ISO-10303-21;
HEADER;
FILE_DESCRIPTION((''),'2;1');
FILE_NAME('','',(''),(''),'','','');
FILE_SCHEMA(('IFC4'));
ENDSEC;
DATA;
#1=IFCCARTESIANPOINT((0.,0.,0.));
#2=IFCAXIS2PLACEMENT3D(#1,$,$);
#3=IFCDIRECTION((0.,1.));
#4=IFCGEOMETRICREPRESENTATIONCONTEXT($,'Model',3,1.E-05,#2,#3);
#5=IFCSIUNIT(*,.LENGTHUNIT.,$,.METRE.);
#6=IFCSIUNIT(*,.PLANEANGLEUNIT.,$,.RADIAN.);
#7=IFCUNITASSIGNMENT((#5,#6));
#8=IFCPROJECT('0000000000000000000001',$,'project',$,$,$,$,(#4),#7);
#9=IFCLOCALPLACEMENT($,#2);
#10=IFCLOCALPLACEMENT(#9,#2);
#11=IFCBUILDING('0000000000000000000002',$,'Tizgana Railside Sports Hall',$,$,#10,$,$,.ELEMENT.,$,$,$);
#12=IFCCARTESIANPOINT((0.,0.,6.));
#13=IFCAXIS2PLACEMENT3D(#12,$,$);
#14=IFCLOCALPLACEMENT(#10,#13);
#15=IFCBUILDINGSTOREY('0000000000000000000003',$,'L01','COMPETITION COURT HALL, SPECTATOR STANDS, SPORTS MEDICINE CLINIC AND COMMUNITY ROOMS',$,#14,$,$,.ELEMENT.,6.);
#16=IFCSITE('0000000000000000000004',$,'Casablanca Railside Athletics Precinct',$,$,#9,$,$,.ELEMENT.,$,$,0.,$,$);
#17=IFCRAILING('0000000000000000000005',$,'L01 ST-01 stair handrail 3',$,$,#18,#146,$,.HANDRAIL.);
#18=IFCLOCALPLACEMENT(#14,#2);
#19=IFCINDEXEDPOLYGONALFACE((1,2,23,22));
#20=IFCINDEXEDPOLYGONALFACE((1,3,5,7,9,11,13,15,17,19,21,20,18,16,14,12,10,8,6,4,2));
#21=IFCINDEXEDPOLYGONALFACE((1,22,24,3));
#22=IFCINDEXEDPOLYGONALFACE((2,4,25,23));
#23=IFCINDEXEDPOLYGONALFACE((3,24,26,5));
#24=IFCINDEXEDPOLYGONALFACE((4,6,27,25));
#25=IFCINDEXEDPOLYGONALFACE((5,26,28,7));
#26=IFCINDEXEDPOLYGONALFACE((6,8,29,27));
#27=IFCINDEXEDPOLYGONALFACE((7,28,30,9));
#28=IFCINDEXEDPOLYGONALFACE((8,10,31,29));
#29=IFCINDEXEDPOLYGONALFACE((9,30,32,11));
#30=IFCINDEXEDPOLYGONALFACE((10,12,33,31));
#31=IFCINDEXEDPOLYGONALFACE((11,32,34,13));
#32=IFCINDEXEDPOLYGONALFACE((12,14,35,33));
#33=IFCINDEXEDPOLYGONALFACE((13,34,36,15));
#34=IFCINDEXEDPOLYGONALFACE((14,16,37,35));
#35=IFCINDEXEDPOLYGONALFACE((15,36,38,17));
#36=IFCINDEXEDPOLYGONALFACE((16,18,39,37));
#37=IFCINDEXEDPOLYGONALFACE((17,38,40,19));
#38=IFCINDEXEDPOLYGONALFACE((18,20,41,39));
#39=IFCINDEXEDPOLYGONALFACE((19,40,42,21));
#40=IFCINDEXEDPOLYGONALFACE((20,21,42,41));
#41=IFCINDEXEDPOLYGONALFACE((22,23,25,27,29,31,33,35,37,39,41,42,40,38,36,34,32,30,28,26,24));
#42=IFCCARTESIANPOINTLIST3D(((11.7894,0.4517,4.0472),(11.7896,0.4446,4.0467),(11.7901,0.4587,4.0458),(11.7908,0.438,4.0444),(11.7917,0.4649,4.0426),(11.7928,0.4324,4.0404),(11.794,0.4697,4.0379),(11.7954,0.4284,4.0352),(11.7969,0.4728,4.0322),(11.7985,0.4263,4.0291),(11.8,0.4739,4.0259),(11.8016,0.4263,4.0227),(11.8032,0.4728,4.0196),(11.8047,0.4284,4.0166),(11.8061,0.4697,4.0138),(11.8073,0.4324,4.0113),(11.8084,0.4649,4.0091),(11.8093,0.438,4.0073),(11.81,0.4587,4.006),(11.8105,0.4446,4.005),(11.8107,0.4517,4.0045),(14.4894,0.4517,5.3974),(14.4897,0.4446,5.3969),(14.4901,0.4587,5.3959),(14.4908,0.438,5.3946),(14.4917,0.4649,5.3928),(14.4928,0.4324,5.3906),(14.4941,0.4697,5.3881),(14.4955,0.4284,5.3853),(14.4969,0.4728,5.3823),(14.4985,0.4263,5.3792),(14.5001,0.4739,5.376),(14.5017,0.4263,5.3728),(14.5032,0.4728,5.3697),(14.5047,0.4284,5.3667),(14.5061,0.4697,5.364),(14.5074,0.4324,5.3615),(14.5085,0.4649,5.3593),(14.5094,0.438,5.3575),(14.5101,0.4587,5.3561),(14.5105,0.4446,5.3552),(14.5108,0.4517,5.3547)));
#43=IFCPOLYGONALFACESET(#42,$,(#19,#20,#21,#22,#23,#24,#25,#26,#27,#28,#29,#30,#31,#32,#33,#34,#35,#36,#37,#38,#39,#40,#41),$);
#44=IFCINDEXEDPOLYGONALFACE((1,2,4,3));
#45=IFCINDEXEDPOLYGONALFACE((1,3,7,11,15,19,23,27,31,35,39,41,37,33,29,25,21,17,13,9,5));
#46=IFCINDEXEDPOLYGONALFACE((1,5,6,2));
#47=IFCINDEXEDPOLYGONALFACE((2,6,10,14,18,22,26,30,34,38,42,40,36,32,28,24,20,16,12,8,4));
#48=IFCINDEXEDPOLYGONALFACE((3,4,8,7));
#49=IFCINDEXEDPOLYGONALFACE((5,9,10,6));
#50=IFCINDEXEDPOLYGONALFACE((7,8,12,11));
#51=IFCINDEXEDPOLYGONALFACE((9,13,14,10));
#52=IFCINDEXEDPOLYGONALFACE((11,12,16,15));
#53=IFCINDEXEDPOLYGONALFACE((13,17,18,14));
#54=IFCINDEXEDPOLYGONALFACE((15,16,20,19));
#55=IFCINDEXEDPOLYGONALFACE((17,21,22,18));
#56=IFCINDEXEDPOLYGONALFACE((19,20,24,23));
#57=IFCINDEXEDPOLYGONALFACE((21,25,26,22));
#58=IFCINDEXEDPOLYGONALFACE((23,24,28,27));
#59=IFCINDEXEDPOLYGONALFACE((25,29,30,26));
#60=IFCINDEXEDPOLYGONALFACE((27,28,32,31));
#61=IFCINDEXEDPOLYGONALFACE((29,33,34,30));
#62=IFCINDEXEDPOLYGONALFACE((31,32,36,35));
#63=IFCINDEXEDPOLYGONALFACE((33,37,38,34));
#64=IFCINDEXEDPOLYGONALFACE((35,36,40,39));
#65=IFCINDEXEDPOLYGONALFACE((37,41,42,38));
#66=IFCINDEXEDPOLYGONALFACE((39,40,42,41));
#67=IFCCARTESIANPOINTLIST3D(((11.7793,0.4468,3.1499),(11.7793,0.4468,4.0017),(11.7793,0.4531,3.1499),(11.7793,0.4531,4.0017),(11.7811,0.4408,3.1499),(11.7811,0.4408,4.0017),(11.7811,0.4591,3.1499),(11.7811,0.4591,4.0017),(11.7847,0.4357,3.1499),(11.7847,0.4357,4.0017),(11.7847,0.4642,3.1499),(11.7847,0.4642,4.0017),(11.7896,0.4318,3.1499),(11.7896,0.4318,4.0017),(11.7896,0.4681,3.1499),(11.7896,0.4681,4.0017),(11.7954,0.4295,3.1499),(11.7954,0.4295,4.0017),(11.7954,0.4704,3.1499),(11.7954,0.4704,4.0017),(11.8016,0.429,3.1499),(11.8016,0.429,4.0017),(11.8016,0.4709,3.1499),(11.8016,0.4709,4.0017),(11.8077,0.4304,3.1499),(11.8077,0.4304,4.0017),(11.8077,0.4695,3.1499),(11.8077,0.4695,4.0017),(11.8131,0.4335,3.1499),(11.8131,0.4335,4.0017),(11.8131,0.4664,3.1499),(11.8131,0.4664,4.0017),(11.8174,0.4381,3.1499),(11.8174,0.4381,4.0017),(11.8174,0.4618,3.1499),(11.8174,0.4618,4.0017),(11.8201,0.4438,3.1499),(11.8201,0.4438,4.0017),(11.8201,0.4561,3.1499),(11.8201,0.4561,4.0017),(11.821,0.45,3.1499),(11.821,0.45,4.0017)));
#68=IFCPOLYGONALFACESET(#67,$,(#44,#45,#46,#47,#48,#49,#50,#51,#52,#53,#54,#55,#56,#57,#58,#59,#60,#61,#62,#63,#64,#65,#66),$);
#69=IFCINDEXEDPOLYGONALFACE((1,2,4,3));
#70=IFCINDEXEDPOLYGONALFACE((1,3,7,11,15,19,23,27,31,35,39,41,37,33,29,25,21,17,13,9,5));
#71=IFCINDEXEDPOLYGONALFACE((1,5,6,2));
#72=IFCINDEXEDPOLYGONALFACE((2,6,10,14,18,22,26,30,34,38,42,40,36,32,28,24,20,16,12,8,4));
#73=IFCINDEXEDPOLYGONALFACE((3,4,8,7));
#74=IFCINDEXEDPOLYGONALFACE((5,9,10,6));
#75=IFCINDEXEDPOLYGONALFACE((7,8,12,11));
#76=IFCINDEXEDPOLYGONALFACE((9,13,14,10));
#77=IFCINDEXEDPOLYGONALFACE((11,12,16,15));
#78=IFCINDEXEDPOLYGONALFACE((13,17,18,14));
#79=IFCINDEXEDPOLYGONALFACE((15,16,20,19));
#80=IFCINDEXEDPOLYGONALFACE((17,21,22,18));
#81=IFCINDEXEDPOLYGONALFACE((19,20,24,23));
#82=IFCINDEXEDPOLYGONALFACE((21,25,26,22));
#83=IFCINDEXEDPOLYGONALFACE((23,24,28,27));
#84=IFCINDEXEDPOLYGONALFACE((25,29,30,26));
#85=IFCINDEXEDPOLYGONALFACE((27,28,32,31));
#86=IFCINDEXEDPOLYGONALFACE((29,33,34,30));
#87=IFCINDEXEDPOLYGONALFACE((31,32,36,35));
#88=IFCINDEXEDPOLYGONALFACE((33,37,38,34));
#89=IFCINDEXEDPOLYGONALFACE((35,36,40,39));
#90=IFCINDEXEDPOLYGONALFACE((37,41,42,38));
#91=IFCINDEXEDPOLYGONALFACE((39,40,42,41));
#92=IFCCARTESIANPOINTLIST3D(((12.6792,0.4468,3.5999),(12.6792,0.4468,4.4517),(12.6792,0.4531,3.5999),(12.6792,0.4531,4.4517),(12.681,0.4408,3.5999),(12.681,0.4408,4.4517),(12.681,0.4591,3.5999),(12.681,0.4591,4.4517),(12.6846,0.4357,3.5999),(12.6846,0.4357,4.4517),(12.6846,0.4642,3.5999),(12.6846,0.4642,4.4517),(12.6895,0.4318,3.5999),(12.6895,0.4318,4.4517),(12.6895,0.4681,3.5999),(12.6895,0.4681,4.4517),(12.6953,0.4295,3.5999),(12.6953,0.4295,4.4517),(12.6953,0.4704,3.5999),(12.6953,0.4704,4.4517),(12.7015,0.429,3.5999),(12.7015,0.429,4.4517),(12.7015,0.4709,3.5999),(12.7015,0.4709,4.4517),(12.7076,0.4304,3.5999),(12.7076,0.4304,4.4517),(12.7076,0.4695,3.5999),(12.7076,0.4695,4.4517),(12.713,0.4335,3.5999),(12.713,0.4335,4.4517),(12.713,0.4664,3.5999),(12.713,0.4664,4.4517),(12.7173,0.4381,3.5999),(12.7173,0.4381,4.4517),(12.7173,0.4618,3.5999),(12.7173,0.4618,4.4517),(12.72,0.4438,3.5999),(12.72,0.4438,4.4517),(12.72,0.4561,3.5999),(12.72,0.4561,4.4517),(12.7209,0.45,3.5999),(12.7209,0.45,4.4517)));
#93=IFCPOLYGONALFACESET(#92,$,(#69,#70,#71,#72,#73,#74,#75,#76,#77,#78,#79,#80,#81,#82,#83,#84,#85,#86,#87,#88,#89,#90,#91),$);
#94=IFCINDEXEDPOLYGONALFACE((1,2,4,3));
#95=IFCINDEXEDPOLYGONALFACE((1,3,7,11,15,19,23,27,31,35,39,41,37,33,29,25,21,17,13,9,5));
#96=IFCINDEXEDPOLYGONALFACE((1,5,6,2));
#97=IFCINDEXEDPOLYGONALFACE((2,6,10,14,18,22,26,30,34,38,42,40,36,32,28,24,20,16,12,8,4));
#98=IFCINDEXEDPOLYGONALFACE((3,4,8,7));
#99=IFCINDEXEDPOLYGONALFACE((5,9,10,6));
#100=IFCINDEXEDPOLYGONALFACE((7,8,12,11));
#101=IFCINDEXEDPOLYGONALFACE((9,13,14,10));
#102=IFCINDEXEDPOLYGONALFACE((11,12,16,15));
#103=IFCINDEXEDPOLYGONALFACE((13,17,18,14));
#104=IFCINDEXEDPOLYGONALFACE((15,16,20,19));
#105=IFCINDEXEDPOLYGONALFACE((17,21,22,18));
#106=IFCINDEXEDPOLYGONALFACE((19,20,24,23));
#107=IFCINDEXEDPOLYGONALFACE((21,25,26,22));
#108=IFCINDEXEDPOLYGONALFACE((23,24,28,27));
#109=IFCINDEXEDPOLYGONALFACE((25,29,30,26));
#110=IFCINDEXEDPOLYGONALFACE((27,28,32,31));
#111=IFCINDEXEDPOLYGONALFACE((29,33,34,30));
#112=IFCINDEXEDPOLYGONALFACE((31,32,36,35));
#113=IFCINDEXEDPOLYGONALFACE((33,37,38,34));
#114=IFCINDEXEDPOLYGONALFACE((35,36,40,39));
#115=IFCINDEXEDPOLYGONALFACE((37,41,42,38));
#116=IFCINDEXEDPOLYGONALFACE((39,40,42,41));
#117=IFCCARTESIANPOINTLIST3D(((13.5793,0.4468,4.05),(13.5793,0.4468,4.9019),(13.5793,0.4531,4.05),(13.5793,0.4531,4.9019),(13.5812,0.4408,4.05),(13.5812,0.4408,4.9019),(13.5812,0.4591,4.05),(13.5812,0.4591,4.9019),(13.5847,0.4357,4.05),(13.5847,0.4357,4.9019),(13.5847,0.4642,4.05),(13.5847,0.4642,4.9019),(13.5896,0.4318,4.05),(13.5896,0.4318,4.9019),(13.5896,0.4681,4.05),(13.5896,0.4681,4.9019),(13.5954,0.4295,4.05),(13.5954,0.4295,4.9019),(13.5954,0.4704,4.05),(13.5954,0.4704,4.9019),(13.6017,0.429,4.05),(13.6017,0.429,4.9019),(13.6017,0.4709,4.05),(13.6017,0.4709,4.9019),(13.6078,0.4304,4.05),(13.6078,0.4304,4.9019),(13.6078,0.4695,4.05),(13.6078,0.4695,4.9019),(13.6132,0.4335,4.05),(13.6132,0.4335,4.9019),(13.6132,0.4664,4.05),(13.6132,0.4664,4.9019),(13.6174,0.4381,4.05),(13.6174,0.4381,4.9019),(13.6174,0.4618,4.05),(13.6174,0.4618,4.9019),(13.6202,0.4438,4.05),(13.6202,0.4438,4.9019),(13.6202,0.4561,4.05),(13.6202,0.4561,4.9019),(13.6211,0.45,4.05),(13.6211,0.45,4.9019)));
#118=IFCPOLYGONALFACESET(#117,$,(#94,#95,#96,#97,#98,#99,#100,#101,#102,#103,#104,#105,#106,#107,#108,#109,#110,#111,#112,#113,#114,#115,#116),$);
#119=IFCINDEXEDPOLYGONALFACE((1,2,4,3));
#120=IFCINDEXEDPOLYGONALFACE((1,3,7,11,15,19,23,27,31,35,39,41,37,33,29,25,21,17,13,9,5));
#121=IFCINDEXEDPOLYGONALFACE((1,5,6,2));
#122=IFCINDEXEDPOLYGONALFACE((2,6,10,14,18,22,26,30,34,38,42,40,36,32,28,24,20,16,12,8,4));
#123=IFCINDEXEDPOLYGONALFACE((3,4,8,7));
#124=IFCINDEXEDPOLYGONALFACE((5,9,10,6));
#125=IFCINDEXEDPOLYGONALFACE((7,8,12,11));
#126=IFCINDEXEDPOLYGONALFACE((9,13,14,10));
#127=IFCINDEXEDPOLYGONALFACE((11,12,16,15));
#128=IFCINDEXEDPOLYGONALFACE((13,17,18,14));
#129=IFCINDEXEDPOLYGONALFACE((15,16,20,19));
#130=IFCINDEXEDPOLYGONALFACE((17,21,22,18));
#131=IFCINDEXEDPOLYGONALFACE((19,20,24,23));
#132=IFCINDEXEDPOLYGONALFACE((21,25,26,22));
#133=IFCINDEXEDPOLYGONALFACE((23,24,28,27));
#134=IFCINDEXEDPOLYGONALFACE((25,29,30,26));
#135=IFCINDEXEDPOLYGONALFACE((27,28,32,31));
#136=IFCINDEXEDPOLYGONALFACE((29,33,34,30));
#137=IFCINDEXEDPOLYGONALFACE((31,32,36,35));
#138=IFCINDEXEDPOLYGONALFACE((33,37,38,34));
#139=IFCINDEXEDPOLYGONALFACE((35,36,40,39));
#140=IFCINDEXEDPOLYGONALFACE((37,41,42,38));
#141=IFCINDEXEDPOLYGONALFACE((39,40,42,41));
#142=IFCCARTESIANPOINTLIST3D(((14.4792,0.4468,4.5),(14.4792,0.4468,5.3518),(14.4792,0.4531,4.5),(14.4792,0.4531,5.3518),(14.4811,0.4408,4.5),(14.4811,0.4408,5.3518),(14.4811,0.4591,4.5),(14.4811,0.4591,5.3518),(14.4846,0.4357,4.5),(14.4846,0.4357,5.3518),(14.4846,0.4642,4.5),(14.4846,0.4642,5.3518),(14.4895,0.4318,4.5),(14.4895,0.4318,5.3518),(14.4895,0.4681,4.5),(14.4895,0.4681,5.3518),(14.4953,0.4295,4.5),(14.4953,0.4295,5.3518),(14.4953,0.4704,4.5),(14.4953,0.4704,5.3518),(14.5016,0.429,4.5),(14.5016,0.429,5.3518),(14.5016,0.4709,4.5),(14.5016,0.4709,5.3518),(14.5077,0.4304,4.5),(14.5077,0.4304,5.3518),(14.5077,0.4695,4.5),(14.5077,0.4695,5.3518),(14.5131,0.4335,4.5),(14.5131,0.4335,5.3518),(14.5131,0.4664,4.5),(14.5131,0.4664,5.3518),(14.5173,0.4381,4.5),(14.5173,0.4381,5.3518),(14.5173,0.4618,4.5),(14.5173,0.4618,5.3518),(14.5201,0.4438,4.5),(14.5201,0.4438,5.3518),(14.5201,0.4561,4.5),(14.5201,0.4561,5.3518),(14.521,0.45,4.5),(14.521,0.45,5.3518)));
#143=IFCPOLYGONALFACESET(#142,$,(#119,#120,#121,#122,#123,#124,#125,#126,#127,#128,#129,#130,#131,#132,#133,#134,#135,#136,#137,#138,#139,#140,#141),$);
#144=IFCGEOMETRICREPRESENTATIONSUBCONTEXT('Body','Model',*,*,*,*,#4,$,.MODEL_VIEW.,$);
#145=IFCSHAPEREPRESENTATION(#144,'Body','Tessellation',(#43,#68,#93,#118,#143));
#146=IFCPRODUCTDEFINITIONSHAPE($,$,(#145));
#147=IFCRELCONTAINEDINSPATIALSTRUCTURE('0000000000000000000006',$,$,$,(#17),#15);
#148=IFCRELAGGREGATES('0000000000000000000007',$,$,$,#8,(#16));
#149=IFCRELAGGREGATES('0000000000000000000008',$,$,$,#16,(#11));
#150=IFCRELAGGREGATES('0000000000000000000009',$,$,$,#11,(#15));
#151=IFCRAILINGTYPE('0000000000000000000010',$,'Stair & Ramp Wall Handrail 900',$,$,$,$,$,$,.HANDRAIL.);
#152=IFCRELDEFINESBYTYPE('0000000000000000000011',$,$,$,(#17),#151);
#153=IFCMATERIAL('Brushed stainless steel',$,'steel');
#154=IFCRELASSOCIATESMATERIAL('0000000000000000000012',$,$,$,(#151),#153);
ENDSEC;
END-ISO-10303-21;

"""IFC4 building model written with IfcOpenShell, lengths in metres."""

from ifc_helpers import new_model, si_unit, direction, frame, origin, origin_2d, place, context, subcontext, project, spatial, circle, extrude, material, type_object, element, save


model = new_model("IFC4")

# Units and contexts
model_context = context("Model", 3, precision=1e-05, world=origin(), true_north=direction((0.0, 1.0)))
body_context = subcontext(model_context, "Body", "Model", "MODEL_VIEW")
ifc_project = project(units=[si_unit("LENGTHUNIT", "METRE"), si_unit("PLANEANGLEUNIT", "RADIAN")], contexts=[model_context])

# Site, building, storey
site_placement = place(None, origin())
site = spatial("IfcSite", under=ifc_project, at=site_placement, Name="Casablanca Railside Athletics Precinct", CompositionType="ELEMENT", RefElevation=0.0)
building_placement = place(site_placement, origin())
building = spatial("IfcBuilding", under=site, at=building_placement, Name="Tizgana Railside Sports Hall", CompositionType="ELEMENT")
storey_placement = place(building_placement, frame((0.0, 0.0, 6.0)))
storey = spatial("IfcBuildingStorey", under=building, at=storey_placement, Name="L01", Description="COMPETITION COURT HALL, SPECTATOR STANDS, SPORTS MEDICINE CLINIC AND COMMUNITY ROOMS", CompositionType="ELEMENT", Elevation=6.0)

# Shared definitions
ifc_material_1 = material(Name="Brushed stainless steel", Category="steel")

# Railing
railing_type_1 = type_object("IfcRailingType", Name="Stair & Ramp Wall Handrail 900", PredefinedType="HANDRAIL", material=ifc_material_1)
railing_1_placement = place(storey_placement, frame((11.8, 0.45, 3.1499)))
element("IfcRailing", 1, at=railing_1_placement, inside=storey, type_object=railing_type_1, Name="L01 ST-01 stair handrail 3", PredefinedType="HANDRAIL", context=body_context, shape_type="SweptSolid", body=[
    extrude(circle(Radius=0.0239, at=origin_2d()), frame((0.0, 0.0, 0.876), z_axis=(0.894411, 0.0, 0.447246), x_axis=(0.0, 1.0, 0.0)), (0.0, 0.0, 1.0), 3.0188),
    extrude(circle(Radius=0.021, at=origin_2d()), origin(), (0.0, 0.0, 1.0), 0.8518),
    extrude(circle(Radius=0.021, at=origin_2d()), frame((0.8999, 0.0, 0.45)), (0.0, 0.0, 1.0), 0.8518),
    extrude(circle(Radius=0.021, at=origin_2d()), frame((1.8, 0.0, 0.9001)), (0.0, 0.0, 1.0), 0.8518),
    extrude(circle(Radius=0.021, at=origin_2d()), frame((2.7, 0.0, 1.3501)), (0.0, 0.0, 1.0), 0.8518),
])

save(model, "model.ifc")
